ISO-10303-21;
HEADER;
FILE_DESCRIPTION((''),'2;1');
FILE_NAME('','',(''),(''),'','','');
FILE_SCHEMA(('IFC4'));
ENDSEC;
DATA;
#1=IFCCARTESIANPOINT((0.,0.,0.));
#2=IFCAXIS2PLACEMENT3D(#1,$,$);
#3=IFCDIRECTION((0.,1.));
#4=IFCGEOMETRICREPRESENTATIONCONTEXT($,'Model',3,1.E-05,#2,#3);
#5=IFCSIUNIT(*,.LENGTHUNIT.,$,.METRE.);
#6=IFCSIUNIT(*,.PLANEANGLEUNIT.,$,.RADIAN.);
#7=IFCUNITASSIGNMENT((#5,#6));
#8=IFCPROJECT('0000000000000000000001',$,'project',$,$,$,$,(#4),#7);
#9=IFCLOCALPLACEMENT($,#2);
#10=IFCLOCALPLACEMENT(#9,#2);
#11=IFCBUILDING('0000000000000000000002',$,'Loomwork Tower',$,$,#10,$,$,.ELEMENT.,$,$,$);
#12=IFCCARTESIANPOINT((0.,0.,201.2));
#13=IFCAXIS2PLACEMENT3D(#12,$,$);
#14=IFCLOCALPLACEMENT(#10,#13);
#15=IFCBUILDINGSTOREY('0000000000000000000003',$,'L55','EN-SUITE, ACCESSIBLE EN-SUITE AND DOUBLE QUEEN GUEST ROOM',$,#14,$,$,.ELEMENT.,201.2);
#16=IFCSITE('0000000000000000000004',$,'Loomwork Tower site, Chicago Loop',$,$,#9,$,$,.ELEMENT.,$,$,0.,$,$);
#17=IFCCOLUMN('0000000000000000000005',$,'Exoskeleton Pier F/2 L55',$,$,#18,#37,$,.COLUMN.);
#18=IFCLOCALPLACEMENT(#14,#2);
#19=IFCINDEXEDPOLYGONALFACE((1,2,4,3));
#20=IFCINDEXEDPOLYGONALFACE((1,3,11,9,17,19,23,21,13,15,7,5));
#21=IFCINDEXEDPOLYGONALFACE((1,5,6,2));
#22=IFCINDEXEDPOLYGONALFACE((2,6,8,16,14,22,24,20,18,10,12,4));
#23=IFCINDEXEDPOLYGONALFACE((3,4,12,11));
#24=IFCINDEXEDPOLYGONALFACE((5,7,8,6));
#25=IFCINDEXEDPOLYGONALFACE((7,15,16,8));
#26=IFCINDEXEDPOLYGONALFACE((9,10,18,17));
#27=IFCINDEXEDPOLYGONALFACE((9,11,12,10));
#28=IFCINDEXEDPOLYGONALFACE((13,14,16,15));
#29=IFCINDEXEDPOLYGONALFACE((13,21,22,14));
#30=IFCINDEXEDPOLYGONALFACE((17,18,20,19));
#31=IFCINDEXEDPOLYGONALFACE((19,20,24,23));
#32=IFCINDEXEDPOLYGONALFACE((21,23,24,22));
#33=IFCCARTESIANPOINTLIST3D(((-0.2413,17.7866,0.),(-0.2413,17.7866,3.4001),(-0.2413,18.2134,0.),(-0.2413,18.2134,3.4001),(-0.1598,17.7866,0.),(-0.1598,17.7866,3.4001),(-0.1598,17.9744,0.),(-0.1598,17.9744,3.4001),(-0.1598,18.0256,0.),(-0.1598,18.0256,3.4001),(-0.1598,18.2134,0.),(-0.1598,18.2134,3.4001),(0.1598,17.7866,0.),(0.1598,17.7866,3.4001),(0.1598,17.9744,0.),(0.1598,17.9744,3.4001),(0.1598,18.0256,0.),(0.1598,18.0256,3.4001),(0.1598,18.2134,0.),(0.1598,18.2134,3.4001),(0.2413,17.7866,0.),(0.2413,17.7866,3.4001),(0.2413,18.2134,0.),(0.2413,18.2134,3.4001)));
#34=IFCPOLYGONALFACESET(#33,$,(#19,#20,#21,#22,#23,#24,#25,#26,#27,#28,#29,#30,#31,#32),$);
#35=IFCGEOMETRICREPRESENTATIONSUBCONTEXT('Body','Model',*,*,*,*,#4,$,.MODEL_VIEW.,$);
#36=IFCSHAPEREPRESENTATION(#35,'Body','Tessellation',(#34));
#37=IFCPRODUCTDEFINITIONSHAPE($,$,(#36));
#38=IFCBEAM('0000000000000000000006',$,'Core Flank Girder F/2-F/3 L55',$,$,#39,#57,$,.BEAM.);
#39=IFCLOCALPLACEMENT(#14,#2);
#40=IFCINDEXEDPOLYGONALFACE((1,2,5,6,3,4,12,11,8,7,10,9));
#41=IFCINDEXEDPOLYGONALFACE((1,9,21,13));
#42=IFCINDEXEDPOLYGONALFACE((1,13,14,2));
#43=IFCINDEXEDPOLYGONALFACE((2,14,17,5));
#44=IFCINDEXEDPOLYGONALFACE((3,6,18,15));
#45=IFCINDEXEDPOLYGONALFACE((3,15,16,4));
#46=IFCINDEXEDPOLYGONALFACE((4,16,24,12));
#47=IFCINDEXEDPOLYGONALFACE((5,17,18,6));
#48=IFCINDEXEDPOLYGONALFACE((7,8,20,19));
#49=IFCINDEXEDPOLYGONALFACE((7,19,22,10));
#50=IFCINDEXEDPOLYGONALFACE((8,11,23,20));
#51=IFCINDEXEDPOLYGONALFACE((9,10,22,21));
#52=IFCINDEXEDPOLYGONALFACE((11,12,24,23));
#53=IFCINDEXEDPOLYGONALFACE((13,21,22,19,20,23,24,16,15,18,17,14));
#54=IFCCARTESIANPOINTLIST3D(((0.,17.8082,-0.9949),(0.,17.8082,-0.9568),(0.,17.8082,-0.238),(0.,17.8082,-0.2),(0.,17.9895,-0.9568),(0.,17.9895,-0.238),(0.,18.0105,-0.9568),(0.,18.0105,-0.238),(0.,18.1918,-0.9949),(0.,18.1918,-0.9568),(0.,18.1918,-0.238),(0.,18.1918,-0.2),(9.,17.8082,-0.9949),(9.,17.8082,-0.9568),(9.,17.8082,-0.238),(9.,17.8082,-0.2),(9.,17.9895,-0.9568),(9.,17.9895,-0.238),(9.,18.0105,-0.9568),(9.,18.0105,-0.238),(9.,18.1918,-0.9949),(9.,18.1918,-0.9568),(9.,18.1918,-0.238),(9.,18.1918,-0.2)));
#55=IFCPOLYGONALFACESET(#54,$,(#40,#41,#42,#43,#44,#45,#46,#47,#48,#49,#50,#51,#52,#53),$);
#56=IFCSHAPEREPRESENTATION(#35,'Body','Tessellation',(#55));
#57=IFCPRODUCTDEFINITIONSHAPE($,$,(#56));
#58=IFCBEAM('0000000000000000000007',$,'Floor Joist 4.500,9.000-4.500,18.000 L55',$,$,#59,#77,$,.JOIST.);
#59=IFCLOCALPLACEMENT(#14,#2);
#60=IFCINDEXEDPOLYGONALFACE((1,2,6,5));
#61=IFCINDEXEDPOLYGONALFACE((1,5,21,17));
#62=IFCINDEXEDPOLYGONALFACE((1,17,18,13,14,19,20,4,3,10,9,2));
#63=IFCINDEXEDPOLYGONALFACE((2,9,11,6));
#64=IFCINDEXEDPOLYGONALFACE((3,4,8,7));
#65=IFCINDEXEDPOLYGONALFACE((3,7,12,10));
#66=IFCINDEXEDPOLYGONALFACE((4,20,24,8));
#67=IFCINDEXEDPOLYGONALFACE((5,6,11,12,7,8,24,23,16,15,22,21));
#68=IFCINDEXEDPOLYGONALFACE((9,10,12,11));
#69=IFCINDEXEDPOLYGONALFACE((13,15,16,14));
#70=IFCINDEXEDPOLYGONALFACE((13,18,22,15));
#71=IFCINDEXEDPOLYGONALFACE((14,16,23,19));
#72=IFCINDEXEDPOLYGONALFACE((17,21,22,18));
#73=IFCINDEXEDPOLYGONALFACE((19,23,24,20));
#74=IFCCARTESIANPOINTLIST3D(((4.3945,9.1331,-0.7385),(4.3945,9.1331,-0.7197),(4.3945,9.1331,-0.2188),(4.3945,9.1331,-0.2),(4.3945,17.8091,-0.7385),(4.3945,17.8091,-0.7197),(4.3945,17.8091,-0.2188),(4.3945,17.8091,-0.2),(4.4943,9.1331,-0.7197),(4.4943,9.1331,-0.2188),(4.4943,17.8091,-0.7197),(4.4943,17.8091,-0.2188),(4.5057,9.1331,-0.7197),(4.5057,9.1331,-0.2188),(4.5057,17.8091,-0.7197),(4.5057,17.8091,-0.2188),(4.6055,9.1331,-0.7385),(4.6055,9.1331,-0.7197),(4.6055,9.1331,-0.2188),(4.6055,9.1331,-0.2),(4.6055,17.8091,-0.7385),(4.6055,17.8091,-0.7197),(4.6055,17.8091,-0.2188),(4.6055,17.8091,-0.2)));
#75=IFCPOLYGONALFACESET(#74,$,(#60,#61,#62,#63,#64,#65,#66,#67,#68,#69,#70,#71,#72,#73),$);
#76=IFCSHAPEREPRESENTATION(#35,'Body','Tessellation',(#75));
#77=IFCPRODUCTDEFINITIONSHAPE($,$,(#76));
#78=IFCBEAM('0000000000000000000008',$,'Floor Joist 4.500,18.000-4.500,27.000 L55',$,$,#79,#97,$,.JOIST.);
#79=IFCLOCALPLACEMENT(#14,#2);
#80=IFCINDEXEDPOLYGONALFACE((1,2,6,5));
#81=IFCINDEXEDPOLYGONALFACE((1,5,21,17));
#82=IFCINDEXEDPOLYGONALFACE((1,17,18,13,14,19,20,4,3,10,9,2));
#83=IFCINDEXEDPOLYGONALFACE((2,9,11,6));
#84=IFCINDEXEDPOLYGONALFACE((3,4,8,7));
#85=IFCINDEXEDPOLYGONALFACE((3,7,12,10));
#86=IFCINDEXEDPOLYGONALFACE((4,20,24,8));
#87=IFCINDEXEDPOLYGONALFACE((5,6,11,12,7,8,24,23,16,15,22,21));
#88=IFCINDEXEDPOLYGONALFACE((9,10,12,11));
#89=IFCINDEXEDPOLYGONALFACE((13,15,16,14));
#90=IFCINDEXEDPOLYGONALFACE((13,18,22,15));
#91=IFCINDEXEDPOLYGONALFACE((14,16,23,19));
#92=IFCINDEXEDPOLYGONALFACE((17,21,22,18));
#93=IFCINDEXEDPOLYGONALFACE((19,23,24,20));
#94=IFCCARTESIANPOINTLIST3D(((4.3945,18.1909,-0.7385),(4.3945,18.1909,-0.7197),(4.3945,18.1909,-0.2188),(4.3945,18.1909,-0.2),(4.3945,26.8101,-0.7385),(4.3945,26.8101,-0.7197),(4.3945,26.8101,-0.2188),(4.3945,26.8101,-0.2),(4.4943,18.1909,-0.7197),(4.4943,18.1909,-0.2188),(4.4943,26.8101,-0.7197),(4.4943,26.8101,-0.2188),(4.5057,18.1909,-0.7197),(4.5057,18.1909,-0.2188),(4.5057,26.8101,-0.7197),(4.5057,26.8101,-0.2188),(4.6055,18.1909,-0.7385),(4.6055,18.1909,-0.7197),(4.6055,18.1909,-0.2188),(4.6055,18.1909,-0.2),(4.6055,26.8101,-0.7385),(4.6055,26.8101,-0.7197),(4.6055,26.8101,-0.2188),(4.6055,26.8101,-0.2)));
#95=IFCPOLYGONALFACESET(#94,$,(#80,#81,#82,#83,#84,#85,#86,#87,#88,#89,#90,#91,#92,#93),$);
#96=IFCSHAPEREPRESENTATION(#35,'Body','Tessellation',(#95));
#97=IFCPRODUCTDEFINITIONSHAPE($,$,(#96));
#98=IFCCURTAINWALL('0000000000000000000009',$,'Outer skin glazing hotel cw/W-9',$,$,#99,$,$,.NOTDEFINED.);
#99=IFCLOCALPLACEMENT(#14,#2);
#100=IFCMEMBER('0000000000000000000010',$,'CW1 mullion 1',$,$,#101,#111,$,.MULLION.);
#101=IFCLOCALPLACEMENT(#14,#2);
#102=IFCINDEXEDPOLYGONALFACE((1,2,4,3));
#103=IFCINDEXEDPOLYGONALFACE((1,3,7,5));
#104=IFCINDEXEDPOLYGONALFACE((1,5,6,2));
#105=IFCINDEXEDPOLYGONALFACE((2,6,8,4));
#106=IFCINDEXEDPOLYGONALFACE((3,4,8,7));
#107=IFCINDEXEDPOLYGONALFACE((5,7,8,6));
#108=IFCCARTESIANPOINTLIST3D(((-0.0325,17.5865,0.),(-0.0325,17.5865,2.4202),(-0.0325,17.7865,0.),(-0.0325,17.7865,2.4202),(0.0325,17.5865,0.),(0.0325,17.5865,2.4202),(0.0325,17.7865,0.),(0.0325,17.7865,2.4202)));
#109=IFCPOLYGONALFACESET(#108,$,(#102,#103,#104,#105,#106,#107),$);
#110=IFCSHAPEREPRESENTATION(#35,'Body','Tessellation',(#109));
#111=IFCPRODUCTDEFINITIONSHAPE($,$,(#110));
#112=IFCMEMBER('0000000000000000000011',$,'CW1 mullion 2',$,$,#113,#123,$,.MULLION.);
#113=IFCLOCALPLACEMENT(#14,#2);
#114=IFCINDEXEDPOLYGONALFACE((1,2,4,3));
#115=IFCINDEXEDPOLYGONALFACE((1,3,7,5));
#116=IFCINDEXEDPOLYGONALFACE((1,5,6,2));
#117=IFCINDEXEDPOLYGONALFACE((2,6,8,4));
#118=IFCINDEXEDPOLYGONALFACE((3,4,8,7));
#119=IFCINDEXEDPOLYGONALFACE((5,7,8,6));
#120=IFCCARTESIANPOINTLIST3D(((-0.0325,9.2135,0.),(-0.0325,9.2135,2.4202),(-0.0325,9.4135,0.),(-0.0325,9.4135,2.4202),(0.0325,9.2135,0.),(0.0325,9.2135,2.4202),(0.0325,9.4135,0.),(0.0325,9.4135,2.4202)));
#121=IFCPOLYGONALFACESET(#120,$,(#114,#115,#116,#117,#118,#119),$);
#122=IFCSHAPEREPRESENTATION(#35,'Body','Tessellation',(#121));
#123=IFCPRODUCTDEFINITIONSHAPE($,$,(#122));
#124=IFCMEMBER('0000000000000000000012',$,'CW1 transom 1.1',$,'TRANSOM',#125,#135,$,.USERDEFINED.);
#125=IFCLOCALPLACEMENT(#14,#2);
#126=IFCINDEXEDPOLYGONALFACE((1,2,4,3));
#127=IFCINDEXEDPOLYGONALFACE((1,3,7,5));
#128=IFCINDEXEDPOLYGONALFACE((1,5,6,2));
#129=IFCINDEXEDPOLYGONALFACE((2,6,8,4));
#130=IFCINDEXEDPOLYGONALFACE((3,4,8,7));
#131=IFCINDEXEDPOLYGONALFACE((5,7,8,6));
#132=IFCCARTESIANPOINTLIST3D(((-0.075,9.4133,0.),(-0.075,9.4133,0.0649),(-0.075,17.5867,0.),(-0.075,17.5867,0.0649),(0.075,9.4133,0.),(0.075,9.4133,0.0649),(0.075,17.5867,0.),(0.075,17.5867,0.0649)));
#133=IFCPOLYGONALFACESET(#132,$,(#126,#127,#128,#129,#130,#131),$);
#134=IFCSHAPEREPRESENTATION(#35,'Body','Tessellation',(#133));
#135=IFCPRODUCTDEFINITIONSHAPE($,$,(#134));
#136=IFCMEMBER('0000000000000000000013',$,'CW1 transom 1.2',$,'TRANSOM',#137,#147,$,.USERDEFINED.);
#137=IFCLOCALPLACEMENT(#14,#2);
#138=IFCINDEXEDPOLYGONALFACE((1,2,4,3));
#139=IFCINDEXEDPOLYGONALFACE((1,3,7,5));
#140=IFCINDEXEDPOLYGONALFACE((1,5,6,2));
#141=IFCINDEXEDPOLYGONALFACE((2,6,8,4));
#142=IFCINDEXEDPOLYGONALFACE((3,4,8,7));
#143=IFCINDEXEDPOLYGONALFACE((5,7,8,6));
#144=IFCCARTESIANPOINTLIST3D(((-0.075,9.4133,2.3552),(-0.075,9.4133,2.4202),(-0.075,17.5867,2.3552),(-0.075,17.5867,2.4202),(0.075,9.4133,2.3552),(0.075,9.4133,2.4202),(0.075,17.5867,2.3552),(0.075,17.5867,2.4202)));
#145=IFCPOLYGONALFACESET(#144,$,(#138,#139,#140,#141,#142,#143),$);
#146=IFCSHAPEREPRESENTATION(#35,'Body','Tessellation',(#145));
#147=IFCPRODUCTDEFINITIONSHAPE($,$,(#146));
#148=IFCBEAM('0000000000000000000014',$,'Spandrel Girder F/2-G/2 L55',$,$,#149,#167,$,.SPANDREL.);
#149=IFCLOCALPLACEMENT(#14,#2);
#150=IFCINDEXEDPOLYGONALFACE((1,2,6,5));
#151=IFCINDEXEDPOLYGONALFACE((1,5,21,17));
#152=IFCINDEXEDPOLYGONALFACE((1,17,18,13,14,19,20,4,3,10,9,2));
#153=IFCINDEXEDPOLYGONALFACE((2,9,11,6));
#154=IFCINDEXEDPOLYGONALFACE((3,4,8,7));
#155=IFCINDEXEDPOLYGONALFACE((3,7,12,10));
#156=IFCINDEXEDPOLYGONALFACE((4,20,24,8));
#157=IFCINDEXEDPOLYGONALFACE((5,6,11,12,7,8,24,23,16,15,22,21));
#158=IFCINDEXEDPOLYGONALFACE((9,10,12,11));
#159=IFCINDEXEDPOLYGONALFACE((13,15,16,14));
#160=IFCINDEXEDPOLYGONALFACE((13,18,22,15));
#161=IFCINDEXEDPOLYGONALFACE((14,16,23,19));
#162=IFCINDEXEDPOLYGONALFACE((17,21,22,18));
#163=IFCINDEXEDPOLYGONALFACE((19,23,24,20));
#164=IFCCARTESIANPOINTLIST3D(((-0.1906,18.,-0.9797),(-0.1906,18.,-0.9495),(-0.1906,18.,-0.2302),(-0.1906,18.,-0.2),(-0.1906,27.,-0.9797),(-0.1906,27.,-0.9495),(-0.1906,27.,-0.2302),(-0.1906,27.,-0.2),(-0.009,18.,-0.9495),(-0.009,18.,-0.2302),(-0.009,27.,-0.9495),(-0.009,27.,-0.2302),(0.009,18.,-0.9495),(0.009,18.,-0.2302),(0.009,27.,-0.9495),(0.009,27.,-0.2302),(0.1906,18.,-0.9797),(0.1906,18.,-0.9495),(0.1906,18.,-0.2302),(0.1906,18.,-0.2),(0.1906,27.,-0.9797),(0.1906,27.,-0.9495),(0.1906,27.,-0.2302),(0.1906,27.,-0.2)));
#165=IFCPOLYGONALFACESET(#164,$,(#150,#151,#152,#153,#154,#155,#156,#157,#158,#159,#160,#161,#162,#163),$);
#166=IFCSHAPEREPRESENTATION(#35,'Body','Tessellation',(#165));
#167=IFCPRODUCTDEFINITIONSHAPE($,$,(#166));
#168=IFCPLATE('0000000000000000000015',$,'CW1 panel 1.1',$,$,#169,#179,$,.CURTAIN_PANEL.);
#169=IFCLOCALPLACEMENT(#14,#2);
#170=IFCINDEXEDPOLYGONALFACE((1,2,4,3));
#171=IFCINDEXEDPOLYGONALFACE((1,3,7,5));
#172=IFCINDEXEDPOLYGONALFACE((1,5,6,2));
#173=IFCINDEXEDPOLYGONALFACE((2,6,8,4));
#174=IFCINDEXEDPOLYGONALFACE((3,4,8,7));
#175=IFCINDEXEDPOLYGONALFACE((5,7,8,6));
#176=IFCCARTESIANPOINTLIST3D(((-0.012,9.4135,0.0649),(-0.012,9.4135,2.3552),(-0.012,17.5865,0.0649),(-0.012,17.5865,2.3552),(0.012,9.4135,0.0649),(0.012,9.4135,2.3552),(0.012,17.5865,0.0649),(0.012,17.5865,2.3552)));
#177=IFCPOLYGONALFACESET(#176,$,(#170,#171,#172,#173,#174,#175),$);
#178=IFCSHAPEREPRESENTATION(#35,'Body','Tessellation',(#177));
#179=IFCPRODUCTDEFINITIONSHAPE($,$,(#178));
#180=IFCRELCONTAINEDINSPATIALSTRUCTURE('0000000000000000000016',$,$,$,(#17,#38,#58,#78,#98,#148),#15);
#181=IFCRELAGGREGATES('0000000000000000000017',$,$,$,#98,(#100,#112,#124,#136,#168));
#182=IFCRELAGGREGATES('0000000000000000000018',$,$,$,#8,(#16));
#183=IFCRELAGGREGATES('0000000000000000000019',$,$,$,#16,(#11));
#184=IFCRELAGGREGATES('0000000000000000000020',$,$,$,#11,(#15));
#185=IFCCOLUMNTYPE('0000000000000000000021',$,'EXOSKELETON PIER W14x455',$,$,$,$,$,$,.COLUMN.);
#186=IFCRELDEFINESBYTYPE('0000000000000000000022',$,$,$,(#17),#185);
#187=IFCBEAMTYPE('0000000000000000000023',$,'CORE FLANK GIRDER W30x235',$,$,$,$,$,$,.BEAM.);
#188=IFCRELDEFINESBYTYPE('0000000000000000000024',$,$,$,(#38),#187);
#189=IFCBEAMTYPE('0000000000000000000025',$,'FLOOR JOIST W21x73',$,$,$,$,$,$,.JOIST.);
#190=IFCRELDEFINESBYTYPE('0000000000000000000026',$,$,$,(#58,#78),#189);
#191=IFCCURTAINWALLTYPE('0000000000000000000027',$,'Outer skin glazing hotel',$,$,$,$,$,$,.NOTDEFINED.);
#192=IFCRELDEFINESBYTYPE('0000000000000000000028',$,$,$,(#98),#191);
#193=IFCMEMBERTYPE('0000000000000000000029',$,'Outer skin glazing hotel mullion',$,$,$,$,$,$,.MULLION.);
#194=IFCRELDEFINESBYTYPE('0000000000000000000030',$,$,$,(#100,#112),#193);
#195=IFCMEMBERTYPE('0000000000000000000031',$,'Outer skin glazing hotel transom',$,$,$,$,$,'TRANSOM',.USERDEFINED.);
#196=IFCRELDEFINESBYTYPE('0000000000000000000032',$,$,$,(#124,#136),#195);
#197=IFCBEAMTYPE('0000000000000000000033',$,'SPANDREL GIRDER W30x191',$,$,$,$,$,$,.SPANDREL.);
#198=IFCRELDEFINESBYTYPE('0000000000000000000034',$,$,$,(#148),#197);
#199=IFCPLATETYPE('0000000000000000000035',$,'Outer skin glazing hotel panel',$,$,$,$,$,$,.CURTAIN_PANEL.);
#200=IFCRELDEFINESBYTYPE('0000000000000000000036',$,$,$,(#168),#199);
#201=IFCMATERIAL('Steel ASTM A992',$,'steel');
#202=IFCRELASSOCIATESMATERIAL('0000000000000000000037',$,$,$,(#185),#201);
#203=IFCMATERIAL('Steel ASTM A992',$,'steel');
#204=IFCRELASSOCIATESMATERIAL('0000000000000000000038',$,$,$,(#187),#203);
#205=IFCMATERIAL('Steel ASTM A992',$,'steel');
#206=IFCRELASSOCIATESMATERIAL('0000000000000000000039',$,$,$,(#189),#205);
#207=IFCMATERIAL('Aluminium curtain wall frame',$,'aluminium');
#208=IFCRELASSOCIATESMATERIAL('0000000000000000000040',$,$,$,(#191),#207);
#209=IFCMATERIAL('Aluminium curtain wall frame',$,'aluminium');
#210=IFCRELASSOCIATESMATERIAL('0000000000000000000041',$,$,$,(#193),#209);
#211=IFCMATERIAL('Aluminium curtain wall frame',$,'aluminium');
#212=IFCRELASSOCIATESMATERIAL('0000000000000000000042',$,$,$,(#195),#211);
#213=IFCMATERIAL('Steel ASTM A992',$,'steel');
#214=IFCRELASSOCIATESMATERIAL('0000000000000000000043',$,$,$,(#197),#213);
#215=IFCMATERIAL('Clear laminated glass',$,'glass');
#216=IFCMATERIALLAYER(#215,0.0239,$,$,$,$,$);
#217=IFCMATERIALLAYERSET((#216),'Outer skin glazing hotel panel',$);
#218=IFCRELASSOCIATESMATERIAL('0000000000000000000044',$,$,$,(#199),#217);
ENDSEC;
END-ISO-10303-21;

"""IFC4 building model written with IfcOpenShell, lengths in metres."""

from ifc_helpers import new_model, si_unit, direction, frame, origin, origin_2d, place, context, subcontext, project, spatial, rectangle, i_section, extrude, material, layer, layer_set, material_profile, profile_set, type_object, element, aggregate, save


model = new_model("IFC4")

# Units and contexts
model_context = context("Model", 3, precision=1e-05, world=origin(), true_north=direction((0.0, 1.0)))
body_context = subcontext(model_context, "Body", "Model", "MODEL_VIEW")
ifc_project = project(units=[si_unit("LENGTHUNIT", "METRE"), si_unit("PLANEANGLEUNIT", "RADIAN")], contexts=[model_context])

# Site, building, storey
site_placement = place(None, origin())
site = spatial("IfcSite", under=ifc_project, at=site_placement, Name="Loomwork Tower site, Chicago Loop", CompositionType="ELEMENT", RefElevation=0.0)
building_placement = place(site_placement, origin())
building = spatial("IfcBuilding", under=site, at=building_placement, Name="Loomwork Tower", CompositionType="ELEMENT")
storey_placement = place(building_placement, frame((0.0, 0.0, 201.2)))
storey = spatial("IfcBuildingStorey", under=building, at=storey_placement, Name="L55", Description="EN-SUITE, ACCESSIBLE EN-SUITE AND DOUBLE QUEEN GUEST ROOM", CompositionType="ELEMENT", Elevation=201.2)

# Column
ifc_material_1 = material(Name="Steel ASTM A992", Category="steel")
ifc_material_profile_1 = material_profile(ifc_material_1, i_section(OverallWidth=0.4268, OverallDepth=0.4827, WebThickness=0.0513, FlangeThickness=0.0815, at=origin_2d()), Name="W14x455")
ifc_profile_set_1 = profile_set([ifc_material_profile_1], Name="Steel ASTM A992")
column_type = type_object("IfcColumnType", Name="EXOSKELETON PIER W14x455", PredefinedType="COLUMN", material=ifc_profile_set_1)
column_placement = place(storey_placement, frame((0.0, 18.0, 0.0), z_axis=(0.0, 0.0, 1.0), x_axis=(0.0, 1.0, 0.0)))
element("IfcColumn", 1, at=column_placement, inside=storey, type_object=column_type, Name="Exoskeleton Pier F/2 L55", PredefinedType="COLUMN", context=body_context, shape_type="SweptSolid", body=[
    extrude(i_section(OverallWidth=0.4268, OverallDepth=0.4827, WebThickness=0.0513, FlangeThickness=0.0815, at=origin_2d()), origin(), (0.0, 0.0, 1.0), 3.4001),
])

# Beams
ifc_material_2 = material(Name="Steel ASTM A992", Category="steel")
ifc_material_profile_2 = material_profile(ifc_material_2, i_section(OverallWidth=0.3835, OverallDepth=0.7949, WebThickness=0.021, FlangeThickness=0.0381, at=origin_2d()), Name="W30x235")
ifc_profile_set_2 = profile_set([ifc_material_profile_2], Name="Steel ASTM A992")
beam_type_1 = type_object("IfcBeamType", Name="CORE FLANK GIRDER W30x235", PredefinedType="BEAM", material=ifc_profile_set_2)
beam_1_placement = place(storey_placement, frame((0.0, 18.0, -0.5974), z_axis=(1.0, 0.0, 0.0), x_axis=(0.0, 1.0, 0.0)))
element("IfcBeam", 2, at=beam_1_placement, inside=storey, type_object=beam_type_1, Name="Core Flank Girder F/2-F/3 L55", PredefinedType="BEAM", context=body_context, shape_type="SweptSolid", body=[
    extrude(i_section(OverallWidth=0.3835, OverallDepth=0.7949, WebThickness=0.021, FlangeThickness=0.0381, at=origin_2d()), origin(), (0.0, 0.0, 1.0), 9.0),
])
ifc_material_3 = material(Name="Steel ASTM A992", Category="steel")
ifc_material_profile_3 = material_profile(ifc_material_3, i_section(OverallWidth=0.2109, OverallDepth=0.5386, WebThickness=0.0115, FlangeThickness=0.0188, at=origin_2d()), Name="W21x73")
ifc_profile_set_3 = profile_set([ifc_material_profile_3], Name="Steel ASTM A992")
beam_type_2 = type_object("IfcBeamType", Name="FLOOR JOIST W21x73", PredefinedType="JOIST", material=ifc_profile_set_3)
beam_2_placement = place(storey_placement, frame((4.5, 9.1331, -0.4692), z_axis=(0.0, 1.0, 0.0), x_axis=(-1.0, 0.0, 0.0)))
element("IfcBeam", 3, at=beam_2_placement, inside=storey, type_object=beam_type_2, Name="Floor Joist 4.500,9.000-4.500,18.000 L55", PredefinedType="JOIST", context=body_context, shape_type="SweptSolid", body=[
    extrude(i_section(OverallWidth=0.2109, OverallDepth=0.5386, WebThickness=0.0115, FlangeThickness=0.0188, at=origin_2d()), origin(), (0.0, 0.0, 1.0), 8.676),
])
beam_3_placement = place(storey_placement, frame((4.5, 18.1909, -0.4692), z_axis=(0.0, 1.0, 0.0), x_axis=(-1.0, 0.0, 0.0)))
element("IfcBeam", 4, at=beam_3_placement, inside=storey, type_object=beam_type_2, Name="Floor Joist 4.500,18.000-4.500,27.000 L55", PredefinedType="JOIST", context=body_context, shape_type="SweptSolid", body=[
    extrude(i_section(OverallWidth=0.2109, OverallDepth=0.5386, WebThickness=0.0115, FlangeThickness=0.0188, at=origin_2d()), origin(), (0.0, 0.0, 1.0), 8.6191),
])

# Curtain wall, members
ifc_material_4 = material(Name="Aluminium curtain wall frame", Category="aluminium")
curtain_wall_type = type_object("IfcCurtainWallType", Name="Outer skin glazing hotel", PredefinedType="NOTDEFINED", material=ifc_material_4)
curtain_wall_placement = place(storey_placement, origin())
curtain_wall = element("IfcCurtainWall", 5, at=curtain_wall_placement, inside=storey, type_object=curtain_wall_type, Name="Outer skin glazing hotel cw/W-9", PredefinedType="NOTDEFINED")
ifc_material_5 = material(Name="Aluminium curtain wall frame", Category="aluminium")
ifc_material_profile_4 = material_profile(ifc_material_5, rectangle(XDim=0.0649, YDim=0.2, at=origin_2d()), Name="AL 65x200")
ifc_profile_set_4 = profile_set([ifc_material_profile_4], Name="Aluminium curtain wall frame")
member_type_1 = type_object("IfcMemberType", Name="Outer skin glazing hotel mullion", PredefinedType="MULLION", material=ifc_profile_set_4)
member_1_placement = place(storey_placement, frame((0.0, 17.6865, 0.0), z_axis=(0.0, 0.0, 1.0), x_axis=(1.0, 0.0, 0.0)))
member_1 = element("IfcMember", 6, at=member_1_placement, type_object=member_type_1, Name="CW1 mullion 1", PredefinedType="MULLION", context=body_context, shape_type="SweptSolid", body=[
    extrude(rectangle(XDim=0.0649, YDim=0.2, at=origin_2d()), origin(), (0.0, 0.0, 1.0), 2.4202),
])
member_2_placement = place(storey_placement, frame((0.0, 9.3135, 0.0), z_axis=(0.0, 0.0, 1.0), x_axis=(1.0, 0.0, 0.0)))
member_2 = element("IfcMember", 7, at=member_2_placement, type_object=member_type_1, Name="CW1 mullion 2", PredefinedType="MULLION", context=body_context, shape_type="SweptSolid", body=[
    extrude(rectangle(XDim=0.0649, YDim=0.2, at=origin_2d()), origin(), (0.0, 0.0, 1.0), 2.4202),
])
ifc_material_6 = material(Name="Aluminium curtain wall frame", Category="aluminium")
ifc_material_profile_5 = material_profile(ifc_material_6, rectangle(XDim=0.1499, YDim=0.0649, at=origin_2d()), Name="AL 65x150")
ifc_profile_set_5 = profile_set([ifc_material_profile_5], Name="Aluminium curtain wall frame")
member_type_2 = type_object("IfcMemberType", Name="Outer skin glazing hotel transom", ElementType="TRANSOM", PredefinedType="USERDEFINED", material=ifc_profile_set_5)
member_3_placement = place(storey_placement, frame((0.0, 17.5867, 0.0325), z_axis=(0.0, -1.0, 0.0), x_axis=(1.0, 0.0, 0.0)))
member_3 = element("IfcMember", 8, at=member_3_placement, type_object=member_type_2, Name="CW1 transom 1.1", ObjectType="TRANSOM", PredefinedType="USERDEFINED", context=body_context, shape_type="SweptSolid", body=[
    extrude(rectangle(XDim=0.1499, YDim=0.0649, at=origin_2d()), origin(), (0.0, 0.0, 1.0), 8.1733),
])
member_4_placement = place(storey_placement, frame((0.0, 17.5867, 2.3877), z_axis=(0.0, -1.0, 0.0), x_axis=(1.0, 0.0, 0.0)))
member_4 = element("IfcMember", 9, at=member_4_placement, type_object=member_type_2, Name="CW1 transom 1.2", ObjectType="TRANSOM", PredefinedType="USERDEFINED", context=body_context, shape_type="SweptSolid", body=[
    extrude(rectangle(XDim=0.1499, YDim=0.0649, at=origin_2d()), origin(), (0.0, 0.0, 1.0), 8.1733),
])

# Beam
ifc_material_7 = material(Name="Steel ASTM A992", Category="steel")
ifc_material_profile_6 = material_profile(ifc_material_7, i_section(OverallWidth=0.3811, OverallDepth=0.7798, WebThickness=0.0181, FlangeThickness=0.0303, at=origin_2d()), Name="W30x191")
ifc_profile_set_6 = profile_set([ifc_material_profile_6], Name="Steel ASTM A992")
beam_type_3 = type_object("IfcBeamType", Name="SPANDREL GIRDER W30x191", PredefinedType="SPANDREL", material=ifc_profile_set_6)
beam_4_placement = place(storey_placement, frame((0.0, 18.0, -0.5898), z_axis=(0.0, 1.0, 0.0), x_axis=(-1.0, 0.0, 0.0)))
element("IfcBeam", 10, at=beam_4_placement, inside=storey, type_object=beam_type_3, Name="Spandrel Girder F/2-G/2 L55", PredefinedType="SPANDREL", context=body_context, shape_type="SweptSolid", body=[
    extrude(i_section(OverallWidth=0.3811, OverallDepth=0.7798, WebThickness=0.0181, FlangeThickness=0.0303, at=origin_2d()), origin(), (0.0, 0.0, 1.0), 9.0),
])

# Plate
ifc_material_8 = material(Name="Clear laminated glass", Category="glass")
ifc_layer_1 = layer(ifc_material_8, 0.0239)
ifc_layer_set_1 = layer_set([ifc_layer_1], Name="Outer skin glazing hotel panel")
plate_type = type_object("IfcPlateType", Name="Outer skin glazing hotel panel", PredefinedType="CURTAIN_PANEL", material=ifc_layer_set_1)
plate_placement = place(storey_placement, frame((0.0, 13.5, 0.0649), z_axis=(0.0, 0.0, 1.0), x_axis=(0.0, -1.0, 0.0)))
plate = element("IfcPlate", 11, at=plate_placement, type_object=plate_type, Name="CW1 panel 1.1", PredefinedType="CURTAIN_PANEL", context=body_context, shape_type="SweptSolid", body=[
    extrude(rectangle(XDim=8.1731, YDim=0.0239, at=origin_2d()), origin(), (0.0, 0.0, 1.0), 2.2903),
])
aggregate(curtain_wall, [member_1, member_2, member_3, member_4, plate])

save(model, "model.ifc")
